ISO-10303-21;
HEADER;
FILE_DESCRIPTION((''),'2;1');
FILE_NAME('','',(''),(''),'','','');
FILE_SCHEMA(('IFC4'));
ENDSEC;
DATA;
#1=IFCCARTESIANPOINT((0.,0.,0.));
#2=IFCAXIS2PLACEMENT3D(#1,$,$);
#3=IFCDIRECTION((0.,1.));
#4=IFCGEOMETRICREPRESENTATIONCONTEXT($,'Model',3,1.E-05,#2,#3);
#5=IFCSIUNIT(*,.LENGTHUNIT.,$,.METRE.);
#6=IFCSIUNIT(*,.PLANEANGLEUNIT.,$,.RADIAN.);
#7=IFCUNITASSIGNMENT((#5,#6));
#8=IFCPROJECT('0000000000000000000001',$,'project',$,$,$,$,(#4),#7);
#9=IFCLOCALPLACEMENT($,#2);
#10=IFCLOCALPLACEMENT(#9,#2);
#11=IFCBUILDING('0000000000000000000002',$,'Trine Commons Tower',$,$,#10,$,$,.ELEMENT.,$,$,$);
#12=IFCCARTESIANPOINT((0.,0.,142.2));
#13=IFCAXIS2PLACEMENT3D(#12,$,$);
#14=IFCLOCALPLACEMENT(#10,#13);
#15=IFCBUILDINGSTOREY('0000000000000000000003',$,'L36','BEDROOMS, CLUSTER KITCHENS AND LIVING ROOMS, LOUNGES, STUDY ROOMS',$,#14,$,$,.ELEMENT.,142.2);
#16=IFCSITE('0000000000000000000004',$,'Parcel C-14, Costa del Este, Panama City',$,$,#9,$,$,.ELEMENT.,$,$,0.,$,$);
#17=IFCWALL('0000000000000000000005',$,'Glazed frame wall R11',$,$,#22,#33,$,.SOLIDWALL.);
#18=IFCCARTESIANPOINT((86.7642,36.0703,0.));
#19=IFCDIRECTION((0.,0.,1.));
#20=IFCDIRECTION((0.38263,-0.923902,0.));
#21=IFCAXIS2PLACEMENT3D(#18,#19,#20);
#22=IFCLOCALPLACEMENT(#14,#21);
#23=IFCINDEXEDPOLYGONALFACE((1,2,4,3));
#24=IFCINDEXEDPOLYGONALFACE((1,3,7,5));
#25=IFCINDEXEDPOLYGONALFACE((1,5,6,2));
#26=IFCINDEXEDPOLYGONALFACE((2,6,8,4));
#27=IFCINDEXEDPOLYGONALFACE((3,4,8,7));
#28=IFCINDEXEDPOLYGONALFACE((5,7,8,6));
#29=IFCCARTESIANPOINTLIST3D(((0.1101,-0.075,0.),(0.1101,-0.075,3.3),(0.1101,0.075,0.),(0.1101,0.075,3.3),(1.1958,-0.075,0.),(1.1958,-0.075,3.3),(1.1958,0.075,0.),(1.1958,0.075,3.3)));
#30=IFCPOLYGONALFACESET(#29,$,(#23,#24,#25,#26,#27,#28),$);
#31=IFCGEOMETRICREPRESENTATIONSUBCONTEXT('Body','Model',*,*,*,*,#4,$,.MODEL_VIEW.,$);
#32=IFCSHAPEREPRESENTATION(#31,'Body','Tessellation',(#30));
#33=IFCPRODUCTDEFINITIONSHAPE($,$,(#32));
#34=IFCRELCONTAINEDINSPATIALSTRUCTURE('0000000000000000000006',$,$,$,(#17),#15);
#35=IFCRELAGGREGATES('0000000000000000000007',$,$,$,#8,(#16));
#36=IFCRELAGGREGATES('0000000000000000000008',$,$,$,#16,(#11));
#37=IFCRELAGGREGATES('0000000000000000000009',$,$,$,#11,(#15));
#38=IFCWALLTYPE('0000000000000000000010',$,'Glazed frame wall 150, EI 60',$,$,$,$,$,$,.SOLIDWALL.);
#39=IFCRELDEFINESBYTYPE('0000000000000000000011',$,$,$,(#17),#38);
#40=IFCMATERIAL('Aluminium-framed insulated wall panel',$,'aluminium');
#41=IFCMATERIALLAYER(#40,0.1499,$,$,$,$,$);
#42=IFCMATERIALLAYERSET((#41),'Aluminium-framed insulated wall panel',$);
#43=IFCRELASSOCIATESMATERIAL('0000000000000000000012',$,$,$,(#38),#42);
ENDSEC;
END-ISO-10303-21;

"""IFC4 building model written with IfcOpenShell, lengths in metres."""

from ifc_helpers import new_model, si_unit, direction, frame, origin, place, context, subcontext, project, spatial, polyline, outline, extrude, material, layer, layer_set, type_object, element, save


model = new_model("IFC4")

# Units and contexts
model_context = context("Model", 3, precision=1e-05, world=origin(), true_north=direction((0.0, 1.0)))
body_context = subcontext(model_context, "Body", "Model", "MODEL_VIEW")
ifc_project = project(units=[si_unit("LENGTHUNIT", "METRE"), si_unit("PLANEANGLEUNIT", "RADIAN")], contexts=[model_context])

# Site, building, storey
site_placement = place(None, origin())
site = spatial("IfcSite", under=ifc_project, at=site_placement, Name="Parcel C-14, Costa del Este, Panama City", CompositionType="ELEMENT", RefElevation=0.0)
building_placement = place(site_placement, origin())
building = spatial("IfcBuilding", under=site, at=building_placement, Name="Trine Commons Tower", CompositionType="ELEMENT")
storey_placement = place(building_placement, frame((0.0, 0.0, 142.2)))
storey = spatial("IfcBuildingStorey", under=building, at=storey_placement, Name="L36", Description="BEDROOMS, CLUSTER KITCHENS AND LIVING ROOMS, LOUNGES, STUDY ROOMS", CompositionType="ELEMENT", Elevation=142.2)

# Shared definitions
ifc_material_1 = material(Name="Aluminium-framed insulated wall panel", Category="aluminium")
ifc_layer_1 = layer(ifc_material_1, 0.1499)
ifc_layer_set_1 = layer_set([ifc_layer_1], Name="Aluminium-framed insulated wall panel")
wall_type_1 = type_object("IfcWallType", Name="Glazed frame wall 150, EI 60", PredefinedType="SOLIDWALL", material=ifc_layer_set_1)

# Wall
wall_1_placement = place(storey_placement, frame((86.7642, 36.0703, 0.0), z_axis=(0.0, 0.0, 1.0), x_axis=(0.38263, -0.923902, 0.0)))
element("IfcWall", 1, at=wall_1_placement, inside=storey, type_object=wall_type_1, Name="Glazed frame wall R11", PredefinedType="SOLIDWALL", context=body_context, shape_type="SweptSolid", body=[
    extrude(outline(polyline([(0.1101, 0.075), (0.1101, -0.075), (1.1958, -0.075), (1.1958, 0.075), (0.1101, 0.075)])), origin(), (0.0, 0.0, 1.0), 3.3),
])

save(model, "model.ifc")
